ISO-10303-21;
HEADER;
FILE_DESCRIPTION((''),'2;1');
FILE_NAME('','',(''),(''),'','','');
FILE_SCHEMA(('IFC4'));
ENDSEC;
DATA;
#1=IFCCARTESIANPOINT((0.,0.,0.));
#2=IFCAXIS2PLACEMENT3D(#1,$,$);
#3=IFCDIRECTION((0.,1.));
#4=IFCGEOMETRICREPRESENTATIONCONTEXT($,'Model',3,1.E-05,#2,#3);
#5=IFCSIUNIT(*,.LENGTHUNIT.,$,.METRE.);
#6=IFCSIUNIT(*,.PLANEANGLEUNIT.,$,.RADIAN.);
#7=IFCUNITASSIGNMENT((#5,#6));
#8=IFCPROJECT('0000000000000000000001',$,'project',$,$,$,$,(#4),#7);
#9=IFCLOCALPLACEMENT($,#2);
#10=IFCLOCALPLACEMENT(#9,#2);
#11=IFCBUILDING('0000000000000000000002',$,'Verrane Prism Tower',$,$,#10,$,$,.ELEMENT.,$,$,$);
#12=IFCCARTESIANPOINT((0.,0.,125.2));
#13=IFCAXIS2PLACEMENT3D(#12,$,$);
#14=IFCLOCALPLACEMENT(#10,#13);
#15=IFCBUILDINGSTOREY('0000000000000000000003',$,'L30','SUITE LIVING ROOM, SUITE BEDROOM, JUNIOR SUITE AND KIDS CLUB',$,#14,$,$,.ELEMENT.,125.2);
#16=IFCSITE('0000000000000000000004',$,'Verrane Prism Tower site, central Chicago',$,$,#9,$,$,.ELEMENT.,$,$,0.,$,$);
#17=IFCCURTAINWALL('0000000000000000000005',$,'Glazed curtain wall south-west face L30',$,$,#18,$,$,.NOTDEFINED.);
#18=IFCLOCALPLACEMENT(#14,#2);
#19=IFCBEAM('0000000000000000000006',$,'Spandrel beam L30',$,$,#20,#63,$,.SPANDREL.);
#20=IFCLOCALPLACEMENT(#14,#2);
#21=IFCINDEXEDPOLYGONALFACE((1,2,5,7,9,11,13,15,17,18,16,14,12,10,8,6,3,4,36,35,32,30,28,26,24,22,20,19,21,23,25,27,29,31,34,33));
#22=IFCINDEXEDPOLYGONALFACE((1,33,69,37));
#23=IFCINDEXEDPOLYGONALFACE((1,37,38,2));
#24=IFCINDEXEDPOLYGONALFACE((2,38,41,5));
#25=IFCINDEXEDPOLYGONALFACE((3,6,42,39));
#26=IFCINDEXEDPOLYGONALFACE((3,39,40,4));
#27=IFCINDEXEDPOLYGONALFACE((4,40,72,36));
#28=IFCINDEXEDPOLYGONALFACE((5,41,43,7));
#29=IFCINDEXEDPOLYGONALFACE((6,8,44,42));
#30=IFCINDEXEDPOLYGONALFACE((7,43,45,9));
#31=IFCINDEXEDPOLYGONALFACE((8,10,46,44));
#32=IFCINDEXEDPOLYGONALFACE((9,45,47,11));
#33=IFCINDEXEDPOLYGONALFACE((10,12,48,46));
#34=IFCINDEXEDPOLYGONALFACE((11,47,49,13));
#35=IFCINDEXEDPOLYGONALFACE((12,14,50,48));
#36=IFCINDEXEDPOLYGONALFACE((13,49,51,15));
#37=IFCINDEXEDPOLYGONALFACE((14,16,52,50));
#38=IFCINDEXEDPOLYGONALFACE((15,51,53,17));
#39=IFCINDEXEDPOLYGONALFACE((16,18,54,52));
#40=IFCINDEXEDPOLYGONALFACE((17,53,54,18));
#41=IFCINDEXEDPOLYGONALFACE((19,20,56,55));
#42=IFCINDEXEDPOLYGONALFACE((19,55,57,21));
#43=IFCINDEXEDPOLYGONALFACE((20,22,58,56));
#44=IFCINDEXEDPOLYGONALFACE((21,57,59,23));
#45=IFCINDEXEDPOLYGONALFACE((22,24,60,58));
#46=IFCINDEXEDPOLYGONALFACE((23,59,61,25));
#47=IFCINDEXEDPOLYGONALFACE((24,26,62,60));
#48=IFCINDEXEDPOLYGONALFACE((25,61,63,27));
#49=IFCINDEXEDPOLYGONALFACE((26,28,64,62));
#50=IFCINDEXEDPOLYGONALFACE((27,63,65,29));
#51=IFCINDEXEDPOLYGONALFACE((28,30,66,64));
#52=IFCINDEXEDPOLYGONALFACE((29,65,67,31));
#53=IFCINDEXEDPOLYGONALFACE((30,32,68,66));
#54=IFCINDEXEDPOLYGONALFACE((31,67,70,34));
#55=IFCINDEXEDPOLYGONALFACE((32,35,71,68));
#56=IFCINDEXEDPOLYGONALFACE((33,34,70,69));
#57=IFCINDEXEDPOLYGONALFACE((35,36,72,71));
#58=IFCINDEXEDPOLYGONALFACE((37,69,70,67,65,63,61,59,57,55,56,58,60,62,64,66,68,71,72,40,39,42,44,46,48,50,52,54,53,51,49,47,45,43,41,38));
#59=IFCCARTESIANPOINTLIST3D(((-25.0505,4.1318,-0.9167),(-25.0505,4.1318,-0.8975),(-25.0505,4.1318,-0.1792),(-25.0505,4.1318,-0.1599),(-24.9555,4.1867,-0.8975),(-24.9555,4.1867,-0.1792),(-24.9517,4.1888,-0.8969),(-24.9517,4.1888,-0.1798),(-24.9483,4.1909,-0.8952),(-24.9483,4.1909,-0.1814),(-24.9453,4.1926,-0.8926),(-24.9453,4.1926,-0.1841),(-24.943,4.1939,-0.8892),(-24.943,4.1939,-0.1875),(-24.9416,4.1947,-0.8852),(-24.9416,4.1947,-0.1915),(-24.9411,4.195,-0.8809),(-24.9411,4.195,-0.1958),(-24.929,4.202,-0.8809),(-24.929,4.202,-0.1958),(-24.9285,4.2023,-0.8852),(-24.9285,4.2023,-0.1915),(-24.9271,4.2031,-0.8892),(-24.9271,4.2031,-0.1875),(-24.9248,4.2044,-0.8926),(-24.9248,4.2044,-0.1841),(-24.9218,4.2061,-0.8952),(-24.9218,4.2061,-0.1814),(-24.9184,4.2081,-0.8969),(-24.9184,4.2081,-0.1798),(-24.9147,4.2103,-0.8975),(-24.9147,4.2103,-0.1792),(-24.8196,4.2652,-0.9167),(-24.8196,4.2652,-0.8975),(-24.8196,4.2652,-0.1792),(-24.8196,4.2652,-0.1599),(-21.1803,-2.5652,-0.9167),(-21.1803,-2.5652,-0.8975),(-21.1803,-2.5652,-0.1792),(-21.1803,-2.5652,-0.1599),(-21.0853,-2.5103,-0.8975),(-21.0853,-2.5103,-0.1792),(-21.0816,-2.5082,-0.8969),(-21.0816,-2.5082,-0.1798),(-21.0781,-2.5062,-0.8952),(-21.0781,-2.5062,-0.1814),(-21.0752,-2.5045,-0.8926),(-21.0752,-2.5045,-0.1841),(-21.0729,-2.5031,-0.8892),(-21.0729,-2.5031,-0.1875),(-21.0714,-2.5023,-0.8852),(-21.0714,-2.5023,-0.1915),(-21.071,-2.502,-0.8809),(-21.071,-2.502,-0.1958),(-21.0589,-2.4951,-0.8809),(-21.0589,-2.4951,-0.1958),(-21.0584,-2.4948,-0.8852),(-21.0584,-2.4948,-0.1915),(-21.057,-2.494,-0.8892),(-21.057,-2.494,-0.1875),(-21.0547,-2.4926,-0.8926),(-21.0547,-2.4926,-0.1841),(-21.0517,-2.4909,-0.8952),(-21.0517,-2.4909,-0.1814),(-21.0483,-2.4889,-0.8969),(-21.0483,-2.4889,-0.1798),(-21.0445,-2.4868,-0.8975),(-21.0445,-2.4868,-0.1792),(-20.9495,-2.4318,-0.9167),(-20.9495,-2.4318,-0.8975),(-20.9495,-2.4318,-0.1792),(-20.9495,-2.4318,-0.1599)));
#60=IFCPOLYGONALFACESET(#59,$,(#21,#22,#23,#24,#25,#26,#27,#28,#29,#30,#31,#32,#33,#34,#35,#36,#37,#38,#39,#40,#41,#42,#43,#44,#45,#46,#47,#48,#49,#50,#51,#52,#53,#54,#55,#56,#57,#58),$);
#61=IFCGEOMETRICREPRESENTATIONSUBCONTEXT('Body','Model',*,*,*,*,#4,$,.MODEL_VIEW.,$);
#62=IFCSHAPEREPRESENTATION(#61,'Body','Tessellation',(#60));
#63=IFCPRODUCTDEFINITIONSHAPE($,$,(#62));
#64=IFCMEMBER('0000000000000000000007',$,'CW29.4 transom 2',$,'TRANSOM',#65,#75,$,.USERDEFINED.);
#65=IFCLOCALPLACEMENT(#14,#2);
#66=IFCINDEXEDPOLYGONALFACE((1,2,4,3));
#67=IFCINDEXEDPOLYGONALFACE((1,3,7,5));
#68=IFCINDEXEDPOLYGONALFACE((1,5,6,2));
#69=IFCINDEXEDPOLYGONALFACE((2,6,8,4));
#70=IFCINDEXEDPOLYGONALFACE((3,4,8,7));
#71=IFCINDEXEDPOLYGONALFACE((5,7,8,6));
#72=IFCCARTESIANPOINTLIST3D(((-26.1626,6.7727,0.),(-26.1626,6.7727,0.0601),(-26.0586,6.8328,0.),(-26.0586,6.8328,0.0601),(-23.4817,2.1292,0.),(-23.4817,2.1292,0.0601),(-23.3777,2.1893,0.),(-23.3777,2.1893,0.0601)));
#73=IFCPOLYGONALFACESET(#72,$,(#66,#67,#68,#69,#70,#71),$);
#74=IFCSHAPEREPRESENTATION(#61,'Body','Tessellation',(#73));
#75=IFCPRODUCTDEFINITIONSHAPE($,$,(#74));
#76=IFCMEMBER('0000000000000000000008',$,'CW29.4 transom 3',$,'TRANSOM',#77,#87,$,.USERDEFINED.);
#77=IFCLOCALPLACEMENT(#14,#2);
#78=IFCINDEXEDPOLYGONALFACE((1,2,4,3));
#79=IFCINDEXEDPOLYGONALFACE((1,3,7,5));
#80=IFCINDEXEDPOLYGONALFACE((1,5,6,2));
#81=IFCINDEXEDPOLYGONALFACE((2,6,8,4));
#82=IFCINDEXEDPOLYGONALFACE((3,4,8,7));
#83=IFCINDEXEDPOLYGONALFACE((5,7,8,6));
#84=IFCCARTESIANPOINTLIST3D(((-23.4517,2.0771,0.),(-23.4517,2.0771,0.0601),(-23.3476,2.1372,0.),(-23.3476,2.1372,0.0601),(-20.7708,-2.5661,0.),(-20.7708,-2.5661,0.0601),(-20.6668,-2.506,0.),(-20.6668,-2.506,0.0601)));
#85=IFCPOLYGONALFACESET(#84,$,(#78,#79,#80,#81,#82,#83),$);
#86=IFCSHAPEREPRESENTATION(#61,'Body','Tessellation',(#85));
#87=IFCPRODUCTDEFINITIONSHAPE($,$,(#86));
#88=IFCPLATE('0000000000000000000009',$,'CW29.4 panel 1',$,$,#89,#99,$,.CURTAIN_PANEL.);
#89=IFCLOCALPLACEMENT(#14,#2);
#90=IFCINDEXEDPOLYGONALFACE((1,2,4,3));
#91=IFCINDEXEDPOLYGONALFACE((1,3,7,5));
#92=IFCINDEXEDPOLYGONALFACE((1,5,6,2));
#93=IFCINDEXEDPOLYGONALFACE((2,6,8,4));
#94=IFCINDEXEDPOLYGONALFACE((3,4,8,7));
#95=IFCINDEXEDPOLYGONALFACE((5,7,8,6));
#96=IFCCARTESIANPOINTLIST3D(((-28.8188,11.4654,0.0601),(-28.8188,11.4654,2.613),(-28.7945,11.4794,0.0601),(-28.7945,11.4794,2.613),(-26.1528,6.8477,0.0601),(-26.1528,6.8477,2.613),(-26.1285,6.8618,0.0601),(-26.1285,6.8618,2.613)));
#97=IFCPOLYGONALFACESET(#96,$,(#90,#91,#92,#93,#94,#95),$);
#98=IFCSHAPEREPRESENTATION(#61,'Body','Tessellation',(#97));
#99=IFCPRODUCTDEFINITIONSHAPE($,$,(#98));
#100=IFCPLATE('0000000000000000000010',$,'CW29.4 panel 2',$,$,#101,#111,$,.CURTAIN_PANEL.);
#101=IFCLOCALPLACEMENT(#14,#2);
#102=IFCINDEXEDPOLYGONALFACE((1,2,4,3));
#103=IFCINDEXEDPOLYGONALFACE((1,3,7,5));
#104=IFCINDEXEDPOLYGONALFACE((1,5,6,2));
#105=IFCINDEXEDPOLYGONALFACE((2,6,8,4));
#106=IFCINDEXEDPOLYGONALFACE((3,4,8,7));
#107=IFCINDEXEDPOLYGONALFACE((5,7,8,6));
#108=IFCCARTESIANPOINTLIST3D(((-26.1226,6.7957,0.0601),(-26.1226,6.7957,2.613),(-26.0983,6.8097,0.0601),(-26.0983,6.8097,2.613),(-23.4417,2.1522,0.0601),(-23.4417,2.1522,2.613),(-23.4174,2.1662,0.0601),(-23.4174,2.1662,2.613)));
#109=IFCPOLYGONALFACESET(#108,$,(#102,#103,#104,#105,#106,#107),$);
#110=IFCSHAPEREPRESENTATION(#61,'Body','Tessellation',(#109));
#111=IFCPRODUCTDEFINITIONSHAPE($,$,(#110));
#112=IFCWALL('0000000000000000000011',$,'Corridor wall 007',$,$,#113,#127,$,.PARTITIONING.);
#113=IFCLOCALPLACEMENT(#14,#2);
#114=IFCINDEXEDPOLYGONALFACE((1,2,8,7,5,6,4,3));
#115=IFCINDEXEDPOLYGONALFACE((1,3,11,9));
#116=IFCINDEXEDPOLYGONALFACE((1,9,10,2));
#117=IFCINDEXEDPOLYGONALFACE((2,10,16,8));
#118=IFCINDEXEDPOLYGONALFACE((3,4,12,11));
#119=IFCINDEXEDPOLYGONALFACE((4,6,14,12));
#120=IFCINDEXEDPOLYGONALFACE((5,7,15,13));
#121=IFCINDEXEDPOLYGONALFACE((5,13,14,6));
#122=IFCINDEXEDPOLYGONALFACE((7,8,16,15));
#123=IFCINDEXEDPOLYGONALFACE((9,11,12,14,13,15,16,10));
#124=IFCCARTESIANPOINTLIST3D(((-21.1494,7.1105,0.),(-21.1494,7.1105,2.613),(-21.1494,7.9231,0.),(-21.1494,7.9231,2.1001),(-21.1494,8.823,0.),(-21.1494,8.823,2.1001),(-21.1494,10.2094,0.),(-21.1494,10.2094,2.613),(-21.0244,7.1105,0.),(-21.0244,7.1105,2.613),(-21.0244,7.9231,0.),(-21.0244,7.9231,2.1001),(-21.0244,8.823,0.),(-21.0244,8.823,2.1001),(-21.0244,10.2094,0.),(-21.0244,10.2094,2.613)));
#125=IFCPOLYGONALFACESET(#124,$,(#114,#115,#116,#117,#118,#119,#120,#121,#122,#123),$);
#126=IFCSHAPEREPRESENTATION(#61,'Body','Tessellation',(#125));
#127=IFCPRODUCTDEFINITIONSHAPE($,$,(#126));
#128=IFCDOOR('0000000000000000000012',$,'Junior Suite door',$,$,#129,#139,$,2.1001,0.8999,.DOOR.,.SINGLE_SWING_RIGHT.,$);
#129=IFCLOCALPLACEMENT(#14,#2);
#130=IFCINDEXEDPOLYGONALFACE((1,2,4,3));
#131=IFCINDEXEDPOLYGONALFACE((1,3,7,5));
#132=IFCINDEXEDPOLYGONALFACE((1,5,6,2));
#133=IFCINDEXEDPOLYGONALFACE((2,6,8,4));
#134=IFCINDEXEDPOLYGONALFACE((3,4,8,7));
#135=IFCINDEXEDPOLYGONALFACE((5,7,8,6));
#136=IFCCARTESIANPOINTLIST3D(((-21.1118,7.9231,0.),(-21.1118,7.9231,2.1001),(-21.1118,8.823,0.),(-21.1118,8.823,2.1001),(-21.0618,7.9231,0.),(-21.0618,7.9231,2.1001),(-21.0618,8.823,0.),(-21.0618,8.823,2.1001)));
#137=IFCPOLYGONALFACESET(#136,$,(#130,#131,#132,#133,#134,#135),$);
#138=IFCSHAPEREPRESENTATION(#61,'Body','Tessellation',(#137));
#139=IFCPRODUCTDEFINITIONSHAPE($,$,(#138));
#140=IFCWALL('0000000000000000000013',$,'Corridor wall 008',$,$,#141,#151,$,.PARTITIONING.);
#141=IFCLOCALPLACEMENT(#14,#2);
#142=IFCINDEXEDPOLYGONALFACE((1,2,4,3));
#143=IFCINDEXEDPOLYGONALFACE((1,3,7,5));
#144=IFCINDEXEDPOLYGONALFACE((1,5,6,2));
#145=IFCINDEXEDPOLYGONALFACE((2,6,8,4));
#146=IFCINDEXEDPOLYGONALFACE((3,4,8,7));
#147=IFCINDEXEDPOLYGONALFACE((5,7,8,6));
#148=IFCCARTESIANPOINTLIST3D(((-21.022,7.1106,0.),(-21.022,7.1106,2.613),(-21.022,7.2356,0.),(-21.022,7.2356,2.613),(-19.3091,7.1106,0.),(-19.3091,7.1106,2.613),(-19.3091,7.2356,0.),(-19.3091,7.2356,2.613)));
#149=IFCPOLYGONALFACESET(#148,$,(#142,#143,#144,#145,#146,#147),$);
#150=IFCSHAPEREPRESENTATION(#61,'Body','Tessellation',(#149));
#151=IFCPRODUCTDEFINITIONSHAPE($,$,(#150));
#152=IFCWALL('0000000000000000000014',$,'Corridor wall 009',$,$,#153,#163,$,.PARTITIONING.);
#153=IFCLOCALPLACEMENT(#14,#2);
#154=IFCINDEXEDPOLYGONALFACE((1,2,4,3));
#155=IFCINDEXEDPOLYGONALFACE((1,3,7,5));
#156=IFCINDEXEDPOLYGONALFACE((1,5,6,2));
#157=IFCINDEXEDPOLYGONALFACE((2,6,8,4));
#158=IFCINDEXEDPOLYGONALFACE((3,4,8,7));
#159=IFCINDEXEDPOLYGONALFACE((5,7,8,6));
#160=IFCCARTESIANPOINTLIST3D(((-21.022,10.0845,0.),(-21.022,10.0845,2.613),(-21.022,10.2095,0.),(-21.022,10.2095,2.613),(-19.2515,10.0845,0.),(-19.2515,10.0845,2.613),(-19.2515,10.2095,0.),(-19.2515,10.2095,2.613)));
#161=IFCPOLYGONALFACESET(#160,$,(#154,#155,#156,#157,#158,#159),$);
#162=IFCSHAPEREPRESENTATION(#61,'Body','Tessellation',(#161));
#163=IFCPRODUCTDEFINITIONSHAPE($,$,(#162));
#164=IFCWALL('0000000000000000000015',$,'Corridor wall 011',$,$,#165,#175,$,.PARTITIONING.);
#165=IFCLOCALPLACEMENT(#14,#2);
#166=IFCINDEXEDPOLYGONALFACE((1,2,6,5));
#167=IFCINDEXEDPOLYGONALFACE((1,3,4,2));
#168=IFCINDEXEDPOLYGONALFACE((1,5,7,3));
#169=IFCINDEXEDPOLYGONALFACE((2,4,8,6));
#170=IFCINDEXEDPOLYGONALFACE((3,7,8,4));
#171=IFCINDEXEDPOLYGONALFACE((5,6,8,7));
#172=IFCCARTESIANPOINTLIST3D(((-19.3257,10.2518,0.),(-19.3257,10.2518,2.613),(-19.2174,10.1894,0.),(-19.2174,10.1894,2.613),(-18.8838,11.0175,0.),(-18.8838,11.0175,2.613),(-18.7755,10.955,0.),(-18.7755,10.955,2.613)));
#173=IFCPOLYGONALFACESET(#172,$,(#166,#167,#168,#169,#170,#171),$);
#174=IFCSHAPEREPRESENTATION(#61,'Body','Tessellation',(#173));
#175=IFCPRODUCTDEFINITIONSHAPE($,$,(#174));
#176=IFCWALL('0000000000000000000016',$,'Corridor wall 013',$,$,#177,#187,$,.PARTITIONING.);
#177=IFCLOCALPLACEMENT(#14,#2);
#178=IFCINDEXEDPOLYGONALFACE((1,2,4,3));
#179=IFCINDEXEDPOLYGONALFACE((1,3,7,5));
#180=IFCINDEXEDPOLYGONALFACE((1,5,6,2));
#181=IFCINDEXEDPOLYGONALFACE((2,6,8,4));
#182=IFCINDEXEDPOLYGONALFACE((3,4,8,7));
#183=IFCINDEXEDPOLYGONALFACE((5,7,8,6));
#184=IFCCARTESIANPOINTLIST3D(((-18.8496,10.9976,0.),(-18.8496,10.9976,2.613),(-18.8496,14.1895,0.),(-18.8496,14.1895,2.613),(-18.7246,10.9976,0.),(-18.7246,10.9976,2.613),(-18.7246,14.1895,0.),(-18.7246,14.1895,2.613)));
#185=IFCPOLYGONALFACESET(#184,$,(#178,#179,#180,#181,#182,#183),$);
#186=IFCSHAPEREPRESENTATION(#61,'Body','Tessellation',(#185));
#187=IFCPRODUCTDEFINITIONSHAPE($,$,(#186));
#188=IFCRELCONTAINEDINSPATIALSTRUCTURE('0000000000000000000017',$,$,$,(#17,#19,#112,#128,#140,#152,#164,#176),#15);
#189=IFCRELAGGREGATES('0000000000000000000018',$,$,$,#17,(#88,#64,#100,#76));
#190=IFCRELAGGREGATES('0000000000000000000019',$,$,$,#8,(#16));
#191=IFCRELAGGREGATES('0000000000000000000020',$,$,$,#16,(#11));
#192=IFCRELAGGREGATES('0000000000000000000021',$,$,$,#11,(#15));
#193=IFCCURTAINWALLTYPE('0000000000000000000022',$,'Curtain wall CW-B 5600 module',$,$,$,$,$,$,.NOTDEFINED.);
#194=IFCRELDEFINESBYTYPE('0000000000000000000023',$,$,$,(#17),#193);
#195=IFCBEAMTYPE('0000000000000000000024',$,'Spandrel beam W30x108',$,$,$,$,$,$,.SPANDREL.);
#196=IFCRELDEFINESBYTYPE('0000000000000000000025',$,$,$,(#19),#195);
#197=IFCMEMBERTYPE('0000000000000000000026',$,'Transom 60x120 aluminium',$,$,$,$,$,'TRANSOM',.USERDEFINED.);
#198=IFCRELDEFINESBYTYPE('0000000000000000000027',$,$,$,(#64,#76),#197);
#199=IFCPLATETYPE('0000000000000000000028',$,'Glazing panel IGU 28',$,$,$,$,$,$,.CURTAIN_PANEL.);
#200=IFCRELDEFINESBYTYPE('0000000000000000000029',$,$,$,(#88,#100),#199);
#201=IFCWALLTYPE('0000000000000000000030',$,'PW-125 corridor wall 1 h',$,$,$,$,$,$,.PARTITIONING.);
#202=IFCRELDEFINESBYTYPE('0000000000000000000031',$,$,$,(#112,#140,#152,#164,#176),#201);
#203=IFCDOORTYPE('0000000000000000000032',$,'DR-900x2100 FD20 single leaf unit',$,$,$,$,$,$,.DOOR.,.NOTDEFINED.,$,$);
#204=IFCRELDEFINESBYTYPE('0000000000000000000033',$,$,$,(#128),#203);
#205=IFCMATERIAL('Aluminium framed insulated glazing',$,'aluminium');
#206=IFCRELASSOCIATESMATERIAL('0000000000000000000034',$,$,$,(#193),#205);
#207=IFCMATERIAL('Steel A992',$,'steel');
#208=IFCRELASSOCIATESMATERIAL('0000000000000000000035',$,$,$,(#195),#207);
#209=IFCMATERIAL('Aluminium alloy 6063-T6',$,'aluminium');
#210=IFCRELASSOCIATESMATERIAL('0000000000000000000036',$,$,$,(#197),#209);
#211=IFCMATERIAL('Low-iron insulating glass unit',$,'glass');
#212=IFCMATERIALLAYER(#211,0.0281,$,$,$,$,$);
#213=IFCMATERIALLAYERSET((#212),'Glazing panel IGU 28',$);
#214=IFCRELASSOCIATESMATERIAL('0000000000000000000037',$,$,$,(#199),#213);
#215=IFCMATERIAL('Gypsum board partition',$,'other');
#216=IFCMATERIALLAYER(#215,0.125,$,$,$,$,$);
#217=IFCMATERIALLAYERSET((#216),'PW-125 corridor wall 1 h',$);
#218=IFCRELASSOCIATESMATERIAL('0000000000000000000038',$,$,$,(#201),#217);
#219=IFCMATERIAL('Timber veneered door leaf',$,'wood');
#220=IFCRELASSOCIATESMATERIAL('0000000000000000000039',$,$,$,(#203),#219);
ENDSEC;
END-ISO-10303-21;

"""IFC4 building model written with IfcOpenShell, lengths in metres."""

from ifc_helpers import new_model, si_unit, direction, frame, frame_2d, origin, origin_2d, place, context, subcontext, project, spatial, rectangle, i_section, extrude, material, layer, layer_set, material_profile, profile_set, type_object, element, fill, aggregate, save


model = new_model("IFC4")

# Units and contexts
model_context = context("Model", 3, precision=1e-05, world=origin(), true_north=direction((0.0, 1.0)))
body_context = subcontext(model_context, "Body", "Model", "MODEL_VIEW")
ifc_project = project(units=[si_unit("LENGTHUNIT", "METRE"), si_unit("PLANEANGLEUNIT", "RADIAN")], contexts=[model_context])

# Site, building, storey
site_placement = place(None, origin())
site = spatial("IfcSite", under=ifc_project, at=site_placement, Name="Verrane Prism Tower site, central Chicago", CompositionType="ELEMENT", RefElevation=0.0)
building_placement = place(site_placement, origin())
building = spatial("IfcBuilding", under=site, at=building_placement, Name="Verrane Prism Tower", CompositionType="ELEMENT")
storey_placement = place(building_placement, frame((0.0, 0.0, 125.2)))
storey = spatial("IfcBuildingStorey", under=building, at=storey_placement, Name="L30", Description="SUITE LIVING ROOM, SUITE BEDROOM, JUNIOR SUITE AND KIDS CLUB", CompositionType="ELEMENT", Elevation=125.2)

# Curtain wall
ifc_material_1 = material(Name="Aluminium framed insulated glazing", Category="aluminium")
curtain_wall_type = type_object("IfcCurtainWallType", Name="Curtain wall CW-B 5600 module", PredefinedType="NOTDEFINED", material=ifc_material_1)
curtain_wall_placement = place(storey_placement, origin())
curtain_wall = element("IfcCurtainWall", 1, at=curtain_wall_placement, inside=storey, type_object=curtain_wall_type, Name="Glazed curtain wall south-west face L30", PredefinedType="NOTDEFINED")

# Beam
ifc_material_2 = material(Name="Steel A992", Category="steel")
ifc_material_profile_1 = material_profile(ifc_material_2, i_section(OverallWidth=0.2666, OverallDepth=0.7568, WebThickness=0.0139, FlangeThickness=0.0193, FilletRadius=0.0166, at=origin_2d()), Name="W30x108")
ifc_profile_set_1 = profile_set([ifc_material_profile_1], Name="Steel A992")
beam_type_1 = type_object("IfcBeamType", Name="Spandrel beam W30x108", PredefinedType="SPANDREL", material=ifc_profile_set_1)
beam_1_placement = place(storey_placement, frame((-24.9351, 4.1985, -0.5383), z_axis=(0.500348, -0.865824, 0.0), x_axis=(0.865824, 0.500348, 0.0)))
element("IfcBeam", 2, at=beam_1_placement, inside=storey, type_object=beam_type_1, Name="Spandrel beam L30", PredefinedType="SPANDREL", context=body_context, shape_type="SweptSolid", body=[
    extrude(i_section(OverallWidth=0.2666, OverallDepth=0.7568, WebThickness=0.0139, FlangeThickness=0.0193, FilletRadius=0.0166, at=origin_2d()), origin(), (0.0, 0.0, 1.0), 7.7349),
])

# Members
ifc_material_3 = material(Name="Aluminium alloy 6063-T6", Category="aluminium")
ifc_material_profile_2 = material_profile(ifc_material_3, rectangle(XDim=0.1201, YDim=0.0601, at=origin_2d()), Name="Transom 60x120 aluminium")
ifc_profile_set_2 = profile_set([ifc_material_profile_2], Name="Aluminium alloy 6063-T6")
member_type_1 = type_object("IfcMemberType", Name="Transom 60x120 aluminium", ElementType="TRANSOM", PredefinedType="USERDEFINED", material=ifc_profile_set_2)
member_1_placement = place(storey_placement, frame((-26.1106, 6.8027, 0.03), z_axis=(0.499993, -0.866029, 0.0), x_axis=(0.866029, 0.499993, 0.0)))
member_1 = element("IfcMember", 3, at=member_1_placement, type_object=member_type_1, Name="CW29.4 transom 2", ObjectType="TRANSOM", PredefinedType="USERDEFINED", context=body_context, shape_type="SweptSolid", body=[
    extrude(rectangle(XDim=0.1201, YDim=0.0601, at=origin_2d()), origin(), (0.0, 0.0, 1.0), 5.3618),
])
member_2_placement = place(storey_placement, frame((-23.3997, 2.1072, 0.03), z_axis=(0.500013, -0.866018, 0.0), x_axis=(0.866018, 0.500013, 0.0)))
member_2 = element("IfcMember", 4, at=member_2_placement, type_object=member_type_1, Name="CW29.4 transom 3", ObjectType="TRANSOM", PredefinedType="USERDEFINED", context=body_context, shape_type="SweptSolid", body=[
    extrude(rectangle(XDim=0.1201, YDim=0.0601, at=origin_2d()), origin(), (0.0, 0.0, 1.0), 5.3616),
])

# Plates
ifc_material_4 = material(Name="Low-iron insulating glass unit", Category="glass")
ifc_layer_1 = layer(ifc_material_4, 0.0281)
ifc_layer_set_1 = layer_set([ifc_layer_1], Name="Glazing panel IGU 28")
plate_type = type_object("IfcPlateType", Name="Glazing panel IGU 28", PredefinedType="CURTAIN_PANEL", material=ifc_layer_set_1)
plate_1_placement = place(storey_placement, frame((-27.4736, 9.1636, 0.0601), z_axis=(0.0, 0.0, 1.0), x_axis=(0.5, -0.866025, 0.0)))
plate_1 = element("IfcPlate", 5, at=plate_1_placement, type_object=plate_type, Name="CW29.4 panel 1", PredefinedType="CURTAIN_PANEL", context=body_context, shape_type="SweptSolid", body=[
    extrude(rectangle(XDim=5.332, YDim=0.0281, at=origin_2d()), origin(), (0.0, 0.0, 1.0), 2.553),
])
plate_2_placement = place(storey_placement, frame((-24.77, 4.481, 0.0601), z_axis=(0.0, 0.0, 1.0), x_axis=(0.5, -0.866025, 0.0)))
plate_2 = element("IfcPlate", 6, at=plate_2_placement, type_object=plate_type, Name="CW29.4 panel 2", PredefinedType="CURTAIN_PANEL", context=body_context, shape_type="SweptSolid", body=[
    extrude(rectangle(XDim=5.3618, YDim=0.0281, at=origin_2d()), origin(), (0.0, 0.0, 1.0), 2.553),
])
aggregate(curtain_wall, [plate_1, member_1, plate_2, member_2])

# Wall, opening, door
ifc_material_5 = material(Name="Gypsum board partition", Category="other")
ifc_layer_2 = layer(ifc_material_5, 0.125)
ifc_layer_set_2 = layer_set([ifc_layer_2], Name="PW-125 corridor wall 1 h")
wall_type_1 = type_object("IfcWallType", Name="PW-125 corridor wall 1 h", PredefinedType="PARTITIONING", material=ifc_layer_set_2)
wall_1_placement = place(storey_placement, frame((-21.0869, 7.1106, 0.0), z_axis=(0.0, 0.0, 1.0), x_axis=(0.0, 1.0, 0.0)))
wall_1 = element("IfcWall", 7, at=wall_1_placement, inside=storey, type_object=wall_type_1, Name="Corridor wall 007", PredefinedType="PARTITIONING", context=body_context, shape_type="SweptSolid", body=[
    extrude(rectangle(XDim=3.0989, YDim=0.125, at=frame_2d((1.5493, 0.0))), origin(), (0.0, 0.0, 1.0), 2.613),
])
opening_1_placement = place(wall_1_placement, frame((0.8125, 0.0, 0.0)))
opening_1 = element("IfcOpeningElement", 8, at=opening_1_placement, cuts=wall_1, PredefinedType="OPENING", context=body_context, shape_type="SweptSolid", body=[
    extrude(rectangle(XDim=0.8999, YDim=2.1001, at=frame_2d((0.45, 1.05))), frame((0.0, 0.0725, 0.0), z_axis=(0.0, -1.0, 0.0), x_axis=(1.0, 0.0, 0.0)), (0.0, 0.0, 1.0), 0.145),
])
ifc_material_6 = material(Name="Timber veneered door leaf", Category="wood")
door_type_1 = type_object("IfcDoorType", Name="DR-900x2100 FD20 single leaf unit", OperationType="NOTDEFINED", PredefinedType="DOOR", material=ifc_material_6)
door_1_placement = place(opening_1_placement, origin())
door_1 = element("IfcDoor", 9, at=door_1_placement, inside=storey, type_object=door_type_1, Name="Junior Suite door", OperationType="SINGLE_SWING_RIGHT", OverallHeight=2.1001, OverallWidth=0.8999, PredefinedType="DOOR", context=body_context, shape_type="SweptSolid", body=[
    extrude(rectangle(XDim=0.8999, YDim=2.1001, at=frame_2d((0.45, 1.05))), frame((0.0, 0.0249, 0.0), z_axis=(0.0, -1.0, 0.0), x_axis=(1.0, 0.0, 0.0)), (0.0, 0.0, 1.0), 0.05),
])
fill(opening_1, door_1)

# Walls
wall_2_placement = place(storey_placement, frame((-21.022, 7.1731, 0.0), z_axis=(0.0, 0.0, 1.0), x_axis=(1.0, 0.0, 0.0)))
element("IfcWall", 10, at=wall_2_placement, inside=storey, type_object=wall_type_1, Name="Corridor wall 008", PredefinedType="PARTITIONING", context=body_context, shape_type="SweptSolid", body=[
    extrude(rectangle(XDim=1.7129, YDim=0.125, at=frame_2d((0.8564, 0.0))), origin(), (0.0, 0.0, 1.0), 2.613),
])
wall_3_placement = place(storey_placement, frame((-21.022, 10.147, 0.0), z_axis=(0.0, 0.0, 1.0), x_axis=(1.0, 0.0, 0.0)))
element("IfcWall", 11, at=wall_3_placement, inside=storey, type_object=wall_type_1, Name="Corridor wall 009", PredefinedType="PARTITIONING", context=body_context, shape_type="SweptSolid", body=[
    extrude(rectangle(XDim=1.7705, YDim=0.125, at=frame_2d((0.8853, 0.0))), origin(), (0.0, 0.0, 1.0), 2.613),
])
wall_4_placement = place(storey_placement, frame((-19.2715, 10.2207, 0.0), z_axis=(0.0, 0.0, 1.0), x_axis=(0.499882, 0.866094, 0.0)))
element("IfcWall", 12, at=wall_4_placement, inside=storey, type_object=wall_type_1, Name="Corridor wall 011", PredefinedType="PARTITIONING", context=body_context, shape_type="SweptSolid", body=[
    extrude(rectangle(XDim=0.884, YDim=0.125, at=frame_2d((0.4419, 0.0))), origin(), (0.0, 0.0, 1.0), 2.613),
])
wall_5_placement = place(storey_placement, frame((-18.7871, 10.9976, 0.0), z_axis=(0.0, 0.0, 1.0), x_axis=(0.0, 1.0, 0.0)))
element("IfcWall", 13, at=wall_5_placement, inside=storey, type_object=wall_type_1, Name="Corridor wall 013", PredefinedType="PARTITIONING", context=body_context, shape_type="SweptSolid", body=[
    extrude(rectangle(XDim=3.1919, YDim=0.125, at=frame_2d((1.5959, 0.0))), origin(), (0.0, 0.0, 1.0), 2.613),
])

save(model, "model.ifc")
